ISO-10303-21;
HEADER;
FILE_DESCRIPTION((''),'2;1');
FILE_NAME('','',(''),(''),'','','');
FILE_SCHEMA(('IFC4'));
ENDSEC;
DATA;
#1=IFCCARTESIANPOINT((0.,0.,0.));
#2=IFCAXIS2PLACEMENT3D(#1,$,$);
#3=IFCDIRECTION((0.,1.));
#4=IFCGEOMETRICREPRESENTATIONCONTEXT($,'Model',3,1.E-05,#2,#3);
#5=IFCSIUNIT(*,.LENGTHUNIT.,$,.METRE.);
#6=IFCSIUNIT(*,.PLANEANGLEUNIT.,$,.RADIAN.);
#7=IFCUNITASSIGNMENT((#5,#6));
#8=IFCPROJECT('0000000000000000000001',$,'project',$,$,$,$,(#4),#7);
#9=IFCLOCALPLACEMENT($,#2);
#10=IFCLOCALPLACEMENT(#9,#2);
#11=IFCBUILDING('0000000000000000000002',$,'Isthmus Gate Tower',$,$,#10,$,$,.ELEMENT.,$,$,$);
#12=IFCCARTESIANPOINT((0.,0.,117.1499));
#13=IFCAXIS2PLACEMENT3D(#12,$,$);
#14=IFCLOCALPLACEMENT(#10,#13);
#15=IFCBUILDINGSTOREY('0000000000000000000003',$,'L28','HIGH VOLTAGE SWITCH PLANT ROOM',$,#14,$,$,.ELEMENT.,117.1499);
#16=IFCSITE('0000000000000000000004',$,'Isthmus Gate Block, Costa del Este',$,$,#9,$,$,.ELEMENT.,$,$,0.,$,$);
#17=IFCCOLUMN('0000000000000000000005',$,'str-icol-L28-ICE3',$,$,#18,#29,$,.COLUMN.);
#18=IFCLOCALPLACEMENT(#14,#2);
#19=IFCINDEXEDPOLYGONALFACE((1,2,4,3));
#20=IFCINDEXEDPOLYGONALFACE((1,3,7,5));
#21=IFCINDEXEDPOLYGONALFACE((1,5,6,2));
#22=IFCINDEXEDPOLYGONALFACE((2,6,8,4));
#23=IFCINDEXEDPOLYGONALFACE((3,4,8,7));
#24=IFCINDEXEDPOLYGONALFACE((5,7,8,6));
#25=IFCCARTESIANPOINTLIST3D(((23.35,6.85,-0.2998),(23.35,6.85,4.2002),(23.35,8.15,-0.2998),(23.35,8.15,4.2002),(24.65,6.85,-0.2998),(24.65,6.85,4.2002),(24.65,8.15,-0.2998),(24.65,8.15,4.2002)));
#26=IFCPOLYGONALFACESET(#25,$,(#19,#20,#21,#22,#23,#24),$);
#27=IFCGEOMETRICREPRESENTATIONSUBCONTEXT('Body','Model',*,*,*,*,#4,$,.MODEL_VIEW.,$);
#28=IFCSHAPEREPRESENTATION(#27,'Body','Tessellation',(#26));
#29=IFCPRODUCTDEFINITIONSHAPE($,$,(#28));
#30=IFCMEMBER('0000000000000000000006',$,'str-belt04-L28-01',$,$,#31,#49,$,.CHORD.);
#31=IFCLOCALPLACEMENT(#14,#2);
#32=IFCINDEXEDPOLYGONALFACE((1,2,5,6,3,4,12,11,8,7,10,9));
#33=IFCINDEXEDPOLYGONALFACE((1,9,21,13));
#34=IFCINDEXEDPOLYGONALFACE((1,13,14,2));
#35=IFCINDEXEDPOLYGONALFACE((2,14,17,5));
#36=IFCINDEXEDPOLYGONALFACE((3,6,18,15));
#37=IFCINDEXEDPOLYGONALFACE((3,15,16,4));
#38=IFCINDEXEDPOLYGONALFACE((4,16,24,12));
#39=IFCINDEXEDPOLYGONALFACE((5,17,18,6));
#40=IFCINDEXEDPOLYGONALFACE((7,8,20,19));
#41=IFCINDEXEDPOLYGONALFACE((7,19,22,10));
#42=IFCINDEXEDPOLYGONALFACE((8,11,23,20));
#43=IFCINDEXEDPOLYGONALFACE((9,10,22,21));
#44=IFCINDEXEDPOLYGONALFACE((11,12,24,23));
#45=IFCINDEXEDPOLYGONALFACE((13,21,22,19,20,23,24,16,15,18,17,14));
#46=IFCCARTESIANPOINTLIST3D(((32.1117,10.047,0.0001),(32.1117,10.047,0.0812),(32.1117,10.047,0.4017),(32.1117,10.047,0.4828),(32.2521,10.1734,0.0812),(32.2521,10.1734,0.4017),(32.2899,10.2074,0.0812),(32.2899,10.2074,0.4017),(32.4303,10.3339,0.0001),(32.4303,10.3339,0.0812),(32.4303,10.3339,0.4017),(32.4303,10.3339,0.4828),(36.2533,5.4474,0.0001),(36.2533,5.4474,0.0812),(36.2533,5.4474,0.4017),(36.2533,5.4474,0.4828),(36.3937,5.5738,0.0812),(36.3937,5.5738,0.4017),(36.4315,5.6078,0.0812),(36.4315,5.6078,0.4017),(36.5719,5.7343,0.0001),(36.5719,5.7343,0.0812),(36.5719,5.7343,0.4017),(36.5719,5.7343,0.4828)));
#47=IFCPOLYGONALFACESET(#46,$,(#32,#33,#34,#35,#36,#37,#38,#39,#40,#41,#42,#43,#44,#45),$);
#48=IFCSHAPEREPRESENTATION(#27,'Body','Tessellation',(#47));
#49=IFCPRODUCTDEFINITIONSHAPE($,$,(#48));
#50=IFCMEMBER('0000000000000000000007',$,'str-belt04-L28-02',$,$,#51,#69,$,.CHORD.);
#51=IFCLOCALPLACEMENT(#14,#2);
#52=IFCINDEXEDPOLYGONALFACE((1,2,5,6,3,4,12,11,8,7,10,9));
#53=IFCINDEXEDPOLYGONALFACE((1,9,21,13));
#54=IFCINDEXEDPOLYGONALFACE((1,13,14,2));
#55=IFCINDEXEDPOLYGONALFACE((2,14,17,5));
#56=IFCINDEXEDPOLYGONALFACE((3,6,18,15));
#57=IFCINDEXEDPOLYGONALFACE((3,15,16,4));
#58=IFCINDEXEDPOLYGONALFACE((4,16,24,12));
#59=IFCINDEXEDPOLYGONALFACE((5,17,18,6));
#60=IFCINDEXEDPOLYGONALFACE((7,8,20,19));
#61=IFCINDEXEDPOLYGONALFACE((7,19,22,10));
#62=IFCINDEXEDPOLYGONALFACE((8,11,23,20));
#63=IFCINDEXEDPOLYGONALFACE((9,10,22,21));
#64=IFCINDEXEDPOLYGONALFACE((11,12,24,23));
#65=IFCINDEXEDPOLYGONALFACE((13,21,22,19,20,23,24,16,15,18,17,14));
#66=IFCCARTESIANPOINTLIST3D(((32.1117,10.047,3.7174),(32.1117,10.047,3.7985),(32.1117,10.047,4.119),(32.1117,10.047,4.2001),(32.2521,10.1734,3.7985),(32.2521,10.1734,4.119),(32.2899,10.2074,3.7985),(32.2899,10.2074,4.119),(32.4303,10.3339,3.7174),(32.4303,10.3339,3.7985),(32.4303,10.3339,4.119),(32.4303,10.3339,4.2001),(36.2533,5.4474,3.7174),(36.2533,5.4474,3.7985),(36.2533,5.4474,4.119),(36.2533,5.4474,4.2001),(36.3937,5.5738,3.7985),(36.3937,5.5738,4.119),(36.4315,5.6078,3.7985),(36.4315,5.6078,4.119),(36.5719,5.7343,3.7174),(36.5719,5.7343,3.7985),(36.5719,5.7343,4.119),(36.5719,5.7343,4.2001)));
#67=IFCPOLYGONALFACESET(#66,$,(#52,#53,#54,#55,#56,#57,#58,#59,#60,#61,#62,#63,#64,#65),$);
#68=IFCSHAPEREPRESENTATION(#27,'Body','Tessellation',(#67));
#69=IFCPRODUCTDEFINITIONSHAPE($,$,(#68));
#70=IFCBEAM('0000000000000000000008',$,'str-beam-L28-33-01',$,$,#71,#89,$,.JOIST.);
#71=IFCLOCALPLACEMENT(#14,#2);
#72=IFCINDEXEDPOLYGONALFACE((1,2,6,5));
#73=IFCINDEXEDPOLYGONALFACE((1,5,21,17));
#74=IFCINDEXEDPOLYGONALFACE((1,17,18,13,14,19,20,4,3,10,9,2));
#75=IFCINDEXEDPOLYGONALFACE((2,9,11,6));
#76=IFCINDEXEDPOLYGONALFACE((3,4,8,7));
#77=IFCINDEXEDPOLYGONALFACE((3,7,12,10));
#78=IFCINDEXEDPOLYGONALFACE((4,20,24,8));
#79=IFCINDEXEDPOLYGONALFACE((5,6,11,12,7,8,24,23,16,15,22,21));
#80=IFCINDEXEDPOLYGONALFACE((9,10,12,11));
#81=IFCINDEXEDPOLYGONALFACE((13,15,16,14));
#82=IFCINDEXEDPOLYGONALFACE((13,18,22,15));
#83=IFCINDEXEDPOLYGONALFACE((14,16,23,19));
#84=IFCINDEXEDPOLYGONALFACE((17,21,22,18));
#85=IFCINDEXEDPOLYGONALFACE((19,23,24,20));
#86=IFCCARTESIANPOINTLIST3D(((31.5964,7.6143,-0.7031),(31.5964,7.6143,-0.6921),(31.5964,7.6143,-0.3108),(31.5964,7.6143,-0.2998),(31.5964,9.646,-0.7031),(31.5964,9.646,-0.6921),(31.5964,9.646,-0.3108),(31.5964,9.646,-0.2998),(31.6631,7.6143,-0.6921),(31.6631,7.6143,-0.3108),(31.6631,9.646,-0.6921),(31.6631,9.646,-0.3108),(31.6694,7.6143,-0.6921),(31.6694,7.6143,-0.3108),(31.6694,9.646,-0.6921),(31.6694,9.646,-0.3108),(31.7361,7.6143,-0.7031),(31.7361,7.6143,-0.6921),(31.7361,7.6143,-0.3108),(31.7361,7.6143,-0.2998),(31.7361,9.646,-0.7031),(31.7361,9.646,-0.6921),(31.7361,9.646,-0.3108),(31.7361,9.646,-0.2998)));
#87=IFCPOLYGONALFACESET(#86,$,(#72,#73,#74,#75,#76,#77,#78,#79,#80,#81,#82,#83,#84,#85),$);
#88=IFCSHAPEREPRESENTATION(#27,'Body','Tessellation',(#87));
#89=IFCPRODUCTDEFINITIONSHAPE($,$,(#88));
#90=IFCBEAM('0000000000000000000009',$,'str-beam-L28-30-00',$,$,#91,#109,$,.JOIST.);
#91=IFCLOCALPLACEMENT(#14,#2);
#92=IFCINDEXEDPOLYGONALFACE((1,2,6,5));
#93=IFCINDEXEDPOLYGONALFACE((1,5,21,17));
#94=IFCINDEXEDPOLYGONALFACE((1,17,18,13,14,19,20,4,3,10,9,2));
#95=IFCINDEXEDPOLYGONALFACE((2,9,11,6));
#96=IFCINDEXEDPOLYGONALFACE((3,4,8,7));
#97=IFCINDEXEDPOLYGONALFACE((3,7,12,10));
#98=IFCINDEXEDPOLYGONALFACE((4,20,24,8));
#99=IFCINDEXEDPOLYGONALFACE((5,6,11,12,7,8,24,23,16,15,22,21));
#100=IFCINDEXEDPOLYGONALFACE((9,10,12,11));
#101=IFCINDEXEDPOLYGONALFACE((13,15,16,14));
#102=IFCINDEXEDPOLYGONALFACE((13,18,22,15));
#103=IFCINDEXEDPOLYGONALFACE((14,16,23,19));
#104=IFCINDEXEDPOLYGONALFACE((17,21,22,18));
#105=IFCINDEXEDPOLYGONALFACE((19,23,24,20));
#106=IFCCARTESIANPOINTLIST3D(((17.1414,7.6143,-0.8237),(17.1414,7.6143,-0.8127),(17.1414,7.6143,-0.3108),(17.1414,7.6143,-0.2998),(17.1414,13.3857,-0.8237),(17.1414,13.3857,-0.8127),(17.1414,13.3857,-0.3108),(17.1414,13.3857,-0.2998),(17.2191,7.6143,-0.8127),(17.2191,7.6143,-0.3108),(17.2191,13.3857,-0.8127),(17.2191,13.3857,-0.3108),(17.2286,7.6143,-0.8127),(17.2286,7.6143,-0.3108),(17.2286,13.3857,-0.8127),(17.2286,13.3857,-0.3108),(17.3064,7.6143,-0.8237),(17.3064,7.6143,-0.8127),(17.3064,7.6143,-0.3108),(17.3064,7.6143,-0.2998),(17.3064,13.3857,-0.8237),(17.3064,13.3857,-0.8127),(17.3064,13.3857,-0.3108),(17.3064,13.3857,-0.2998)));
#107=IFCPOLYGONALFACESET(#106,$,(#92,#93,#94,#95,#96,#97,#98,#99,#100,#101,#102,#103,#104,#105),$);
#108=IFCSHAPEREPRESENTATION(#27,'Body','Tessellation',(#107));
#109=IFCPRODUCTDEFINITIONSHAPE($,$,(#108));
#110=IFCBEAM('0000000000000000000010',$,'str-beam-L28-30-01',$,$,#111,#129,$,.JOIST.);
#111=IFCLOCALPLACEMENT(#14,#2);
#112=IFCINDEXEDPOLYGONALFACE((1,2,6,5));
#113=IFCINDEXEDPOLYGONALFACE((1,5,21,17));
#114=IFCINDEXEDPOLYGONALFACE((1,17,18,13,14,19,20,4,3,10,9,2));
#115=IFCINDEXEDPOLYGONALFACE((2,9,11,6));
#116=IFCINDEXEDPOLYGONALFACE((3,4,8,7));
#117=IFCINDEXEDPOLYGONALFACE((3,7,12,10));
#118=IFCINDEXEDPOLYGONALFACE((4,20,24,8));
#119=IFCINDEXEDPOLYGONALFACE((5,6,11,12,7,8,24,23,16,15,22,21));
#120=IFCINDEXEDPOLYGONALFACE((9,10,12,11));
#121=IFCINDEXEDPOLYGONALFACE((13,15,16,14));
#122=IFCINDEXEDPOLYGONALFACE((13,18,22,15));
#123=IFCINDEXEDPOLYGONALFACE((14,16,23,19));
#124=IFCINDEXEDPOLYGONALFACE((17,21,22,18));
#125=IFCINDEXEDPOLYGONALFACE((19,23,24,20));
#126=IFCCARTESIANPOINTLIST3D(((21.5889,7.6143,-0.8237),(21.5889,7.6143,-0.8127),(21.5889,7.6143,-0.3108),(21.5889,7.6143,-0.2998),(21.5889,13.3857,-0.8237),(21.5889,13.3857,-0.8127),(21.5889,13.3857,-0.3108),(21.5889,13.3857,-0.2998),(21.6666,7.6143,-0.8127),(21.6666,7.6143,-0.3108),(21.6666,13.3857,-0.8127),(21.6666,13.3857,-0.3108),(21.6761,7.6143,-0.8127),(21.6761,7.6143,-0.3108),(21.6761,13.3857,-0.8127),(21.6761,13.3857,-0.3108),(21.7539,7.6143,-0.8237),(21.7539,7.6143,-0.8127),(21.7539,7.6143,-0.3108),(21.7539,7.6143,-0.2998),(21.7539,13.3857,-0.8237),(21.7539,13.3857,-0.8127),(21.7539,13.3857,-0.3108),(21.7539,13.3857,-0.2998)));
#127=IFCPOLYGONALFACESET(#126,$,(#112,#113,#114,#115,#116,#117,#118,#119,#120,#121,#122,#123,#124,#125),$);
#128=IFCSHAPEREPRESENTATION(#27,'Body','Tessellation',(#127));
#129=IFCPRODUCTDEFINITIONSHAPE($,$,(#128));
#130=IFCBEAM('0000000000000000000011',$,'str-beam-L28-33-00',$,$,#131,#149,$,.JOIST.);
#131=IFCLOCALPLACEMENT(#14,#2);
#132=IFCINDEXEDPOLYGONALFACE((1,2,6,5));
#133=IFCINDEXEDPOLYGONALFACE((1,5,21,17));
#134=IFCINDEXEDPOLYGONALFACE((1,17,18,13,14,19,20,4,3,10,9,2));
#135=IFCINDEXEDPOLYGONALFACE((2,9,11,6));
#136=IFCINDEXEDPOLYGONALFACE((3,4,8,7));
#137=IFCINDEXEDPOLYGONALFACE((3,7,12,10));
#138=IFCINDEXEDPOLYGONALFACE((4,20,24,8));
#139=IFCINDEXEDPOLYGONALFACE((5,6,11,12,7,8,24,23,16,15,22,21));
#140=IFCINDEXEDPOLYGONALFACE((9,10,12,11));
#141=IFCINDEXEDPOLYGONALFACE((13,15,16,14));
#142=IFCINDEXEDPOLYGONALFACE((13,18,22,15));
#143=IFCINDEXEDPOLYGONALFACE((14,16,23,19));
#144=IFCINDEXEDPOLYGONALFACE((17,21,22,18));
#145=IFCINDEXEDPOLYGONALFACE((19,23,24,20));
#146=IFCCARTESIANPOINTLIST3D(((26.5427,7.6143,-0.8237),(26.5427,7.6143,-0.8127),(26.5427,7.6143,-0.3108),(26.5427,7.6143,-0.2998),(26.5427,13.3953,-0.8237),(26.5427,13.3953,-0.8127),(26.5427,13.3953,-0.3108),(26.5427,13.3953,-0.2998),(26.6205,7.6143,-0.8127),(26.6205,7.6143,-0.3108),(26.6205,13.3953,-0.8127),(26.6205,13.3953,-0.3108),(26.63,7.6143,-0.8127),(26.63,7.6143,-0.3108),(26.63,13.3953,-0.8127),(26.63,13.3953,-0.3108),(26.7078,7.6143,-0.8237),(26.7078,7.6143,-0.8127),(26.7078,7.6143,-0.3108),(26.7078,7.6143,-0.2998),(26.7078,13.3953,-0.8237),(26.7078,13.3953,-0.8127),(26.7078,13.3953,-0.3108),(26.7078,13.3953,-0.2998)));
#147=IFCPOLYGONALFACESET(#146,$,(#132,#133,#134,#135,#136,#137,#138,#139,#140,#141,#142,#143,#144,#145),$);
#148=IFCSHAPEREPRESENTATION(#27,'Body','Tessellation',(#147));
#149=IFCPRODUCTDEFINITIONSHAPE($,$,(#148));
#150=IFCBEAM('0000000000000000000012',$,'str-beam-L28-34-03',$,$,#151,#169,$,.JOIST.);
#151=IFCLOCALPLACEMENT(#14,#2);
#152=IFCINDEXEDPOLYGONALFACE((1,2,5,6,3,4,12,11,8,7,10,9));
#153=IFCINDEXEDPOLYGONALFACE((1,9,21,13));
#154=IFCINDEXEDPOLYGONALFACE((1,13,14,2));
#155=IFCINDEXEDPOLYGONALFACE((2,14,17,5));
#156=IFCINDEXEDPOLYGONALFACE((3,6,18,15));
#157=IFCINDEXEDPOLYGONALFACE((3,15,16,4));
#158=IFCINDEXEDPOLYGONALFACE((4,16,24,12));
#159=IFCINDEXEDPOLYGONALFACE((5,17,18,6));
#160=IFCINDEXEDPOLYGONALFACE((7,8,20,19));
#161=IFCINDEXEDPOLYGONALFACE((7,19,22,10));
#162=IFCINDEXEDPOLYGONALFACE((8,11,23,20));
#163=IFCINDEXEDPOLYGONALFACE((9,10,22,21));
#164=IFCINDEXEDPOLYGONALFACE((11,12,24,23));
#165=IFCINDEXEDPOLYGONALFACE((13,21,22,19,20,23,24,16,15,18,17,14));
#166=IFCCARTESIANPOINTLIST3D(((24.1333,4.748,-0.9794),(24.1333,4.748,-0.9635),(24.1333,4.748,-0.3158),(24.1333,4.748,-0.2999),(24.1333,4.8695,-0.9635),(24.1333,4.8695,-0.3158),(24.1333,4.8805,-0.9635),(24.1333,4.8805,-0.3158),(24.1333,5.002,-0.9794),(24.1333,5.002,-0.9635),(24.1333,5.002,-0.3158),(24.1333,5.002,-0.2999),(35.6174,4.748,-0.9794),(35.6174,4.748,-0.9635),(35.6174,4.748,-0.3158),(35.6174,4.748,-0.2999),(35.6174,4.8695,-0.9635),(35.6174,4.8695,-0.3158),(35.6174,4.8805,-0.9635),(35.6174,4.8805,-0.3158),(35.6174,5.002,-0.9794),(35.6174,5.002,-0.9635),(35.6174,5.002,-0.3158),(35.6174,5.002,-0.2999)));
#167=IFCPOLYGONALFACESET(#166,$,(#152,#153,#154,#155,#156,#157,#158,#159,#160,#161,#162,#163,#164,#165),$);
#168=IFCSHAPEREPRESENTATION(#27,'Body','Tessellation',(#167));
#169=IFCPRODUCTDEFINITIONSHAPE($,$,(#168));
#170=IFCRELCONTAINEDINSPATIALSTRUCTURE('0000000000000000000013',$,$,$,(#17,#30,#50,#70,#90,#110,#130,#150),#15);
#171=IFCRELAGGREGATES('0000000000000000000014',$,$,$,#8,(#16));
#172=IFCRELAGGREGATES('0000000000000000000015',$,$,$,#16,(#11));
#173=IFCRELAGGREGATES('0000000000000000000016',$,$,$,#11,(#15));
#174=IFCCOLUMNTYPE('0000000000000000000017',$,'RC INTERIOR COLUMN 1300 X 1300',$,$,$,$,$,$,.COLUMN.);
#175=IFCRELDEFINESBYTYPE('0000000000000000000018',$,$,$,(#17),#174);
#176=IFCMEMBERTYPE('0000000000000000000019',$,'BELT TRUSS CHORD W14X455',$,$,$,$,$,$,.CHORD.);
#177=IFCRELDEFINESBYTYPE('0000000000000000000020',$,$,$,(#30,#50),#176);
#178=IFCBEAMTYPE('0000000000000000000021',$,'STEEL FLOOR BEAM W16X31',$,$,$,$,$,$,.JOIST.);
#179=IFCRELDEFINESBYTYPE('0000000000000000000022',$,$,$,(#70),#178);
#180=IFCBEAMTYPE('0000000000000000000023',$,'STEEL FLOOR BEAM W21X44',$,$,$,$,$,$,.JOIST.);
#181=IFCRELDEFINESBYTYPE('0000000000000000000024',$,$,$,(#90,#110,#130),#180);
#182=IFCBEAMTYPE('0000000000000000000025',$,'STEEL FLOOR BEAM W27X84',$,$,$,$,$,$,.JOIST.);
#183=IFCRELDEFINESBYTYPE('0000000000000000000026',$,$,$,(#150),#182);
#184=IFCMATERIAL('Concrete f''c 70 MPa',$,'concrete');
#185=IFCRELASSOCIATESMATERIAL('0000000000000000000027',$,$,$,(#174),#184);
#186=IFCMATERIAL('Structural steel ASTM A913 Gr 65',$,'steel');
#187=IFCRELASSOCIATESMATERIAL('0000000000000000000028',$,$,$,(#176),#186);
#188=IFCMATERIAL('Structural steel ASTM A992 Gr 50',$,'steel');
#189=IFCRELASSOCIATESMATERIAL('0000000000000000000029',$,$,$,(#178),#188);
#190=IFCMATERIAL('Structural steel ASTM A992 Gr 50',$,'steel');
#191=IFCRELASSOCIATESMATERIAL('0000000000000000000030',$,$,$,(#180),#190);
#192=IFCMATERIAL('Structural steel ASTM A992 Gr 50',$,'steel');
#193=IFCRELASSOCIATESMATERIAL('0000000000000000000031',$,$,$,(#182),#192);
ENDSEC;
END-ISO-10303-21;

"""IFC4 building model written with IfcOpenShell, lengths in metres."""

from ifc_helpers import new_model, si_unit, direction, frame, origin, origin_2d, place, context, subcontext, project, spatial, rectangle, i_section, extrude, material, material_profile, profile_set, type_object, element, save


model = new_model("IFC4")

# Units and contexts
model_context = context("Model", 3, precision=1e-05, world=origin(), true_north=direction((0.0, 1.0)))
body_context = subcontext(model_context, "Body", "Model", "MODEL_VIEW")
ifc_project = project(units=[si_unit("LENGTHUNIT", "METRE"), si_unit("PLANEANGLEUNIT", "RADIAN")], contexts=[model_context])

# Site, building, storey
site_placement = place(None, origin())
site = spatial("IfcSite", under=ifc_project, at=site_placement, Name="Isthmus Gate Block, Costa del Este", CompositionType="ELEMENT", RefElevation=0.0)
building_placement = place(site_placement, origin())
building = spatial("IfcBuilding", under=site, at=building_placement, Name="Isthmus Gate Tower", CompositionType="ELEMENT")
storey_placement = place(building_placement, frame((0.0, 0.0, 117.1499)))
storey = spatial("IfcBuildingStorey", under=building, at=storey_placement, Name="L28", Description="HIGH VOLTAGE SWITCH PLANT ROOM", CompositionType="ELEMENT", Elevation=117.1499)

# Column
ifc_material_1 = material(Name="Concrete f'c 70 MPa", Category="concrete")
ifc_material_profile_1 = material_profile(ifc_material_1, rectangle(XDim=1.3, YDim=1.3, at=origin_2d()), Name="RC 1300X1300")
ifc_profile_set_1 = profile_set([ifc_material_profile_1], Name="Concrete f'c 70 MPa")
column_type = type_object("IfcColumnType", Name="RC INTERIOR COLUMN 1300 X 1300", PredefinedType="COLUMN", material=ifc_profile_set_1)
column_placement = place(storey_placement, frame((24.0, 7.5, -0.2998), z_axis=(0.0, 0.0, 1.0), x_axis=(1.0, 0.0, 0.0)))
element("IfcColumn", 1, at=column_placement, inside=storey, type_object=column_type, Name="str-icol-L28-ICE3", PredefinedType="COLUMN", context=body_context, shape_type="SweptSolid", body=[
    extrude(rectangle(XDim=1.3, YDim=1.3, at=origin_2d()), origin(), (0.0, 0.0, 1.0), 4.5),
])

# Members
ifc_material_2 = material(Name="Structural steel ASTM A913 Gr 65", Category="steel")
ifc_material_profile_2 = material_profile(ifc_material_2, i_section(OverallWidth=0.4287, OverallDepth=0.4827, WebThickness=0.0508, FlangeThickness=0.0811, at=origin_2d()), Name="W14X455")
ifc_profile_set_2 = profile_set([ifc_material_profile_2], Name="Structural steel ASTM A913 Gr 65")
member_type_1 = type_object("IfcMemberType", Name="BELT TRUSS CHORD W14X455", PredefinedType="CHORD", material=ifc_profile_set_2)
for number, where, z_axis, x_axis, name in (
    (2, (32.271, 10.1904, 0.2415), (0.669139, -0.743137, 0.0), (0.743137, 0.669139, 0.0), "str-belt04-L28-01"),
    (3, (32.271, 10.1904, 3.9587), (0.669139, -0.743137, 0.0), (0.743137, 0.669139, 0.0), "str-belt04-L28-02"),
):
    element("IfcMember", number, at=place(storey_placement, frame(where, z_axis=z_axis, x_axis=x_axis)), inside=storey, type_object=member_type_1, Name=name, PredefinedType="CHORD", context=body_context, shape_type="SweptSolid", body=[
        extrude(i_section(OverallWidth=0.4287, OverallDepth=0.4827, WebThickness=0.0508, FlangeThickness=0.0811, at=origin_2d()), origin(), (0.0, 0.0, 1.0), 6.1895),
    ])

# Beams
ifc_material_3 = material(Name="Structural steel ASTM A992 Gr 50", Category="steel")
ifc_material_profile_3 = material_profile(ifc_material_3, i_section(OverallWidth=0.1396, OverallDepth=0.4033, WebThickness=0.0063, FlangeThickness=0.011, at=origin_2d()), Name="W16X31")
ifc_profile_set_3 = profile_set([ifc_material_profile_3], Name="Structural steel ASTM A992 Gr 50")
beam_type_1 = type_object("IfcBeamType", Name="STEEL FLOOR BEAM W16X31", PredefinedType="JOIST", material=ifc_profile_set_3)
beam_1_placement = place(storey_placement, frame((31.6663, 7.6143, -0.5015), z_axis=(0.0, 1.0, 0.0), x_axis=(-1.0, 0.0, 0.0)))
element("IfcBeam", 4, at=beam_1_placement, inside=storey, type_object=beam_type_1, Name="str-beam-L28-33-01", PredefinedType="JOIST", context=body_context, shape_type="SweptSolid", body=[
    extrude(i_section(OverallWidth=0.1396, OverallDepth=0.4033, WebThickness=0.0063, FlangeThickness=0.011, at=origin_2d()), origin(), (0.0, 0.0, 1.0), 2.0317),
])
ifc_material_4 = material(Name="Structural steel ASTM A992 Gr 50", Category="steel")
ifc_material_profile_4 = material_profile(ifc_material_4, i_section(OverallWidth=0.165, OverallDepth=0.5239, WebThickness=0.0095, FlangeThickness=0.011, at=origin_2d()), Name="W21X44")
ifc_profile_set_4 = profile_set([ifc_material_profile_4], Name="Structural steel ASTM A992 Gr 50")
beam_type_2 = type_object("IfcBeamType", Name="STEEL FLOOR BEAM W21X44", PredefinedType="JOIST", material=ifc_profile_set_4)
for number, where, z_axis, x_axis, name in (
    (5, (17.2239, 7.6143, -0.5618), (0.0, 1.0, 0.0), (-1.0, 0.0, 0.0), "str-beam-L28-30-00"),
    (6, (21.6714, 7.6143, -0.5618), (0.0, 1.0, 0.0), (-1.0, 0.0, 0.0), "str-beam-L28-30-01"),
):
    element("IfcBeam", number, at=place(storey_placement, frame(where, z_axis=z_axis, x_axis=x_axis)), inside=storey, type_object=beam_type_2, Name=name, PredefinedType="JOIST", context=body_context, shape_type="SweptSolid", body=[
        extrude(i_section(OverallWidth=0.165, OverallDepth=0.5239, WebThickness=0.0095, FlangeThickness=0.011, at=origin_2d()), origin(), (0.0, 0.0, 1.0), 5.7715),
    ])
beam_2_placement = place(storey_placement, frame((26.6252, 7.6143, -0.5618), z_axis=(0.0, 1.0, 0.0), x_axis=(-1.0, 0.0, 0.0)))
element("IfcBeam", 7, at=beam_2_placement, inside=storey, type_object=beam_type_2, Name="str-beam-L28-33-00", PredefinedType="JOIST", context=body_context, shape_type="SweptSolid", body=[
    extrude(i_section(OverallWidth=0.165, OverallDepth=0.5239, WebThickness=0.0095, FlangeThickness=0.011, at=origin_2d()), origin(), (0.0, 0.0, 1.0), 5.781),
])
ifc_material_5 = material(Name="Structural steel ASTM A992 Gr 50", Category="steel")
ifc_material_profile_5 = material_profile(ifc_material_5, i_section(OverallWidth=0.2539, OverallDepth=0.6794, WebThickness=0.011, FlangeThickness=0.0159, at=origin_2d()), Name="W27X84")
ifc_profile_set_5 = profile_set([ifc_material_profile_5], Name="Structural steel ASTM A992 Gr 50")
beam_type_3 = type_object("IfcBeamType", Name="STEEL FLOOR BEAM W27X84", PredefinedType="JOIST", material=ifc_profile_set_5)
beam_3_placement = place(storey_placement, frame((24.1333, 4.875, -0.6396), z_axis=(1.0, 0.0, 0.0), x_axis=(0.0, 1.0, 0.0)))
element("IfcBeam", 8, at=beam_3_placement, inside=storey, type_object=beam_type_3, Name="str-beam-L28-34-03", PredefinedType="JOIST", context=body_context, shape_type="SweptSolid", body=[
    extrude(i_section(OverallWidth=0.2539, OverallDepth=0.6794, WebThickness=0.011, FlangeThickness=0.0159, at=origin_2d()), origin(), (0.0, 0.0, 1.0), 11.4841),
])

save(model, "model.ifc")
